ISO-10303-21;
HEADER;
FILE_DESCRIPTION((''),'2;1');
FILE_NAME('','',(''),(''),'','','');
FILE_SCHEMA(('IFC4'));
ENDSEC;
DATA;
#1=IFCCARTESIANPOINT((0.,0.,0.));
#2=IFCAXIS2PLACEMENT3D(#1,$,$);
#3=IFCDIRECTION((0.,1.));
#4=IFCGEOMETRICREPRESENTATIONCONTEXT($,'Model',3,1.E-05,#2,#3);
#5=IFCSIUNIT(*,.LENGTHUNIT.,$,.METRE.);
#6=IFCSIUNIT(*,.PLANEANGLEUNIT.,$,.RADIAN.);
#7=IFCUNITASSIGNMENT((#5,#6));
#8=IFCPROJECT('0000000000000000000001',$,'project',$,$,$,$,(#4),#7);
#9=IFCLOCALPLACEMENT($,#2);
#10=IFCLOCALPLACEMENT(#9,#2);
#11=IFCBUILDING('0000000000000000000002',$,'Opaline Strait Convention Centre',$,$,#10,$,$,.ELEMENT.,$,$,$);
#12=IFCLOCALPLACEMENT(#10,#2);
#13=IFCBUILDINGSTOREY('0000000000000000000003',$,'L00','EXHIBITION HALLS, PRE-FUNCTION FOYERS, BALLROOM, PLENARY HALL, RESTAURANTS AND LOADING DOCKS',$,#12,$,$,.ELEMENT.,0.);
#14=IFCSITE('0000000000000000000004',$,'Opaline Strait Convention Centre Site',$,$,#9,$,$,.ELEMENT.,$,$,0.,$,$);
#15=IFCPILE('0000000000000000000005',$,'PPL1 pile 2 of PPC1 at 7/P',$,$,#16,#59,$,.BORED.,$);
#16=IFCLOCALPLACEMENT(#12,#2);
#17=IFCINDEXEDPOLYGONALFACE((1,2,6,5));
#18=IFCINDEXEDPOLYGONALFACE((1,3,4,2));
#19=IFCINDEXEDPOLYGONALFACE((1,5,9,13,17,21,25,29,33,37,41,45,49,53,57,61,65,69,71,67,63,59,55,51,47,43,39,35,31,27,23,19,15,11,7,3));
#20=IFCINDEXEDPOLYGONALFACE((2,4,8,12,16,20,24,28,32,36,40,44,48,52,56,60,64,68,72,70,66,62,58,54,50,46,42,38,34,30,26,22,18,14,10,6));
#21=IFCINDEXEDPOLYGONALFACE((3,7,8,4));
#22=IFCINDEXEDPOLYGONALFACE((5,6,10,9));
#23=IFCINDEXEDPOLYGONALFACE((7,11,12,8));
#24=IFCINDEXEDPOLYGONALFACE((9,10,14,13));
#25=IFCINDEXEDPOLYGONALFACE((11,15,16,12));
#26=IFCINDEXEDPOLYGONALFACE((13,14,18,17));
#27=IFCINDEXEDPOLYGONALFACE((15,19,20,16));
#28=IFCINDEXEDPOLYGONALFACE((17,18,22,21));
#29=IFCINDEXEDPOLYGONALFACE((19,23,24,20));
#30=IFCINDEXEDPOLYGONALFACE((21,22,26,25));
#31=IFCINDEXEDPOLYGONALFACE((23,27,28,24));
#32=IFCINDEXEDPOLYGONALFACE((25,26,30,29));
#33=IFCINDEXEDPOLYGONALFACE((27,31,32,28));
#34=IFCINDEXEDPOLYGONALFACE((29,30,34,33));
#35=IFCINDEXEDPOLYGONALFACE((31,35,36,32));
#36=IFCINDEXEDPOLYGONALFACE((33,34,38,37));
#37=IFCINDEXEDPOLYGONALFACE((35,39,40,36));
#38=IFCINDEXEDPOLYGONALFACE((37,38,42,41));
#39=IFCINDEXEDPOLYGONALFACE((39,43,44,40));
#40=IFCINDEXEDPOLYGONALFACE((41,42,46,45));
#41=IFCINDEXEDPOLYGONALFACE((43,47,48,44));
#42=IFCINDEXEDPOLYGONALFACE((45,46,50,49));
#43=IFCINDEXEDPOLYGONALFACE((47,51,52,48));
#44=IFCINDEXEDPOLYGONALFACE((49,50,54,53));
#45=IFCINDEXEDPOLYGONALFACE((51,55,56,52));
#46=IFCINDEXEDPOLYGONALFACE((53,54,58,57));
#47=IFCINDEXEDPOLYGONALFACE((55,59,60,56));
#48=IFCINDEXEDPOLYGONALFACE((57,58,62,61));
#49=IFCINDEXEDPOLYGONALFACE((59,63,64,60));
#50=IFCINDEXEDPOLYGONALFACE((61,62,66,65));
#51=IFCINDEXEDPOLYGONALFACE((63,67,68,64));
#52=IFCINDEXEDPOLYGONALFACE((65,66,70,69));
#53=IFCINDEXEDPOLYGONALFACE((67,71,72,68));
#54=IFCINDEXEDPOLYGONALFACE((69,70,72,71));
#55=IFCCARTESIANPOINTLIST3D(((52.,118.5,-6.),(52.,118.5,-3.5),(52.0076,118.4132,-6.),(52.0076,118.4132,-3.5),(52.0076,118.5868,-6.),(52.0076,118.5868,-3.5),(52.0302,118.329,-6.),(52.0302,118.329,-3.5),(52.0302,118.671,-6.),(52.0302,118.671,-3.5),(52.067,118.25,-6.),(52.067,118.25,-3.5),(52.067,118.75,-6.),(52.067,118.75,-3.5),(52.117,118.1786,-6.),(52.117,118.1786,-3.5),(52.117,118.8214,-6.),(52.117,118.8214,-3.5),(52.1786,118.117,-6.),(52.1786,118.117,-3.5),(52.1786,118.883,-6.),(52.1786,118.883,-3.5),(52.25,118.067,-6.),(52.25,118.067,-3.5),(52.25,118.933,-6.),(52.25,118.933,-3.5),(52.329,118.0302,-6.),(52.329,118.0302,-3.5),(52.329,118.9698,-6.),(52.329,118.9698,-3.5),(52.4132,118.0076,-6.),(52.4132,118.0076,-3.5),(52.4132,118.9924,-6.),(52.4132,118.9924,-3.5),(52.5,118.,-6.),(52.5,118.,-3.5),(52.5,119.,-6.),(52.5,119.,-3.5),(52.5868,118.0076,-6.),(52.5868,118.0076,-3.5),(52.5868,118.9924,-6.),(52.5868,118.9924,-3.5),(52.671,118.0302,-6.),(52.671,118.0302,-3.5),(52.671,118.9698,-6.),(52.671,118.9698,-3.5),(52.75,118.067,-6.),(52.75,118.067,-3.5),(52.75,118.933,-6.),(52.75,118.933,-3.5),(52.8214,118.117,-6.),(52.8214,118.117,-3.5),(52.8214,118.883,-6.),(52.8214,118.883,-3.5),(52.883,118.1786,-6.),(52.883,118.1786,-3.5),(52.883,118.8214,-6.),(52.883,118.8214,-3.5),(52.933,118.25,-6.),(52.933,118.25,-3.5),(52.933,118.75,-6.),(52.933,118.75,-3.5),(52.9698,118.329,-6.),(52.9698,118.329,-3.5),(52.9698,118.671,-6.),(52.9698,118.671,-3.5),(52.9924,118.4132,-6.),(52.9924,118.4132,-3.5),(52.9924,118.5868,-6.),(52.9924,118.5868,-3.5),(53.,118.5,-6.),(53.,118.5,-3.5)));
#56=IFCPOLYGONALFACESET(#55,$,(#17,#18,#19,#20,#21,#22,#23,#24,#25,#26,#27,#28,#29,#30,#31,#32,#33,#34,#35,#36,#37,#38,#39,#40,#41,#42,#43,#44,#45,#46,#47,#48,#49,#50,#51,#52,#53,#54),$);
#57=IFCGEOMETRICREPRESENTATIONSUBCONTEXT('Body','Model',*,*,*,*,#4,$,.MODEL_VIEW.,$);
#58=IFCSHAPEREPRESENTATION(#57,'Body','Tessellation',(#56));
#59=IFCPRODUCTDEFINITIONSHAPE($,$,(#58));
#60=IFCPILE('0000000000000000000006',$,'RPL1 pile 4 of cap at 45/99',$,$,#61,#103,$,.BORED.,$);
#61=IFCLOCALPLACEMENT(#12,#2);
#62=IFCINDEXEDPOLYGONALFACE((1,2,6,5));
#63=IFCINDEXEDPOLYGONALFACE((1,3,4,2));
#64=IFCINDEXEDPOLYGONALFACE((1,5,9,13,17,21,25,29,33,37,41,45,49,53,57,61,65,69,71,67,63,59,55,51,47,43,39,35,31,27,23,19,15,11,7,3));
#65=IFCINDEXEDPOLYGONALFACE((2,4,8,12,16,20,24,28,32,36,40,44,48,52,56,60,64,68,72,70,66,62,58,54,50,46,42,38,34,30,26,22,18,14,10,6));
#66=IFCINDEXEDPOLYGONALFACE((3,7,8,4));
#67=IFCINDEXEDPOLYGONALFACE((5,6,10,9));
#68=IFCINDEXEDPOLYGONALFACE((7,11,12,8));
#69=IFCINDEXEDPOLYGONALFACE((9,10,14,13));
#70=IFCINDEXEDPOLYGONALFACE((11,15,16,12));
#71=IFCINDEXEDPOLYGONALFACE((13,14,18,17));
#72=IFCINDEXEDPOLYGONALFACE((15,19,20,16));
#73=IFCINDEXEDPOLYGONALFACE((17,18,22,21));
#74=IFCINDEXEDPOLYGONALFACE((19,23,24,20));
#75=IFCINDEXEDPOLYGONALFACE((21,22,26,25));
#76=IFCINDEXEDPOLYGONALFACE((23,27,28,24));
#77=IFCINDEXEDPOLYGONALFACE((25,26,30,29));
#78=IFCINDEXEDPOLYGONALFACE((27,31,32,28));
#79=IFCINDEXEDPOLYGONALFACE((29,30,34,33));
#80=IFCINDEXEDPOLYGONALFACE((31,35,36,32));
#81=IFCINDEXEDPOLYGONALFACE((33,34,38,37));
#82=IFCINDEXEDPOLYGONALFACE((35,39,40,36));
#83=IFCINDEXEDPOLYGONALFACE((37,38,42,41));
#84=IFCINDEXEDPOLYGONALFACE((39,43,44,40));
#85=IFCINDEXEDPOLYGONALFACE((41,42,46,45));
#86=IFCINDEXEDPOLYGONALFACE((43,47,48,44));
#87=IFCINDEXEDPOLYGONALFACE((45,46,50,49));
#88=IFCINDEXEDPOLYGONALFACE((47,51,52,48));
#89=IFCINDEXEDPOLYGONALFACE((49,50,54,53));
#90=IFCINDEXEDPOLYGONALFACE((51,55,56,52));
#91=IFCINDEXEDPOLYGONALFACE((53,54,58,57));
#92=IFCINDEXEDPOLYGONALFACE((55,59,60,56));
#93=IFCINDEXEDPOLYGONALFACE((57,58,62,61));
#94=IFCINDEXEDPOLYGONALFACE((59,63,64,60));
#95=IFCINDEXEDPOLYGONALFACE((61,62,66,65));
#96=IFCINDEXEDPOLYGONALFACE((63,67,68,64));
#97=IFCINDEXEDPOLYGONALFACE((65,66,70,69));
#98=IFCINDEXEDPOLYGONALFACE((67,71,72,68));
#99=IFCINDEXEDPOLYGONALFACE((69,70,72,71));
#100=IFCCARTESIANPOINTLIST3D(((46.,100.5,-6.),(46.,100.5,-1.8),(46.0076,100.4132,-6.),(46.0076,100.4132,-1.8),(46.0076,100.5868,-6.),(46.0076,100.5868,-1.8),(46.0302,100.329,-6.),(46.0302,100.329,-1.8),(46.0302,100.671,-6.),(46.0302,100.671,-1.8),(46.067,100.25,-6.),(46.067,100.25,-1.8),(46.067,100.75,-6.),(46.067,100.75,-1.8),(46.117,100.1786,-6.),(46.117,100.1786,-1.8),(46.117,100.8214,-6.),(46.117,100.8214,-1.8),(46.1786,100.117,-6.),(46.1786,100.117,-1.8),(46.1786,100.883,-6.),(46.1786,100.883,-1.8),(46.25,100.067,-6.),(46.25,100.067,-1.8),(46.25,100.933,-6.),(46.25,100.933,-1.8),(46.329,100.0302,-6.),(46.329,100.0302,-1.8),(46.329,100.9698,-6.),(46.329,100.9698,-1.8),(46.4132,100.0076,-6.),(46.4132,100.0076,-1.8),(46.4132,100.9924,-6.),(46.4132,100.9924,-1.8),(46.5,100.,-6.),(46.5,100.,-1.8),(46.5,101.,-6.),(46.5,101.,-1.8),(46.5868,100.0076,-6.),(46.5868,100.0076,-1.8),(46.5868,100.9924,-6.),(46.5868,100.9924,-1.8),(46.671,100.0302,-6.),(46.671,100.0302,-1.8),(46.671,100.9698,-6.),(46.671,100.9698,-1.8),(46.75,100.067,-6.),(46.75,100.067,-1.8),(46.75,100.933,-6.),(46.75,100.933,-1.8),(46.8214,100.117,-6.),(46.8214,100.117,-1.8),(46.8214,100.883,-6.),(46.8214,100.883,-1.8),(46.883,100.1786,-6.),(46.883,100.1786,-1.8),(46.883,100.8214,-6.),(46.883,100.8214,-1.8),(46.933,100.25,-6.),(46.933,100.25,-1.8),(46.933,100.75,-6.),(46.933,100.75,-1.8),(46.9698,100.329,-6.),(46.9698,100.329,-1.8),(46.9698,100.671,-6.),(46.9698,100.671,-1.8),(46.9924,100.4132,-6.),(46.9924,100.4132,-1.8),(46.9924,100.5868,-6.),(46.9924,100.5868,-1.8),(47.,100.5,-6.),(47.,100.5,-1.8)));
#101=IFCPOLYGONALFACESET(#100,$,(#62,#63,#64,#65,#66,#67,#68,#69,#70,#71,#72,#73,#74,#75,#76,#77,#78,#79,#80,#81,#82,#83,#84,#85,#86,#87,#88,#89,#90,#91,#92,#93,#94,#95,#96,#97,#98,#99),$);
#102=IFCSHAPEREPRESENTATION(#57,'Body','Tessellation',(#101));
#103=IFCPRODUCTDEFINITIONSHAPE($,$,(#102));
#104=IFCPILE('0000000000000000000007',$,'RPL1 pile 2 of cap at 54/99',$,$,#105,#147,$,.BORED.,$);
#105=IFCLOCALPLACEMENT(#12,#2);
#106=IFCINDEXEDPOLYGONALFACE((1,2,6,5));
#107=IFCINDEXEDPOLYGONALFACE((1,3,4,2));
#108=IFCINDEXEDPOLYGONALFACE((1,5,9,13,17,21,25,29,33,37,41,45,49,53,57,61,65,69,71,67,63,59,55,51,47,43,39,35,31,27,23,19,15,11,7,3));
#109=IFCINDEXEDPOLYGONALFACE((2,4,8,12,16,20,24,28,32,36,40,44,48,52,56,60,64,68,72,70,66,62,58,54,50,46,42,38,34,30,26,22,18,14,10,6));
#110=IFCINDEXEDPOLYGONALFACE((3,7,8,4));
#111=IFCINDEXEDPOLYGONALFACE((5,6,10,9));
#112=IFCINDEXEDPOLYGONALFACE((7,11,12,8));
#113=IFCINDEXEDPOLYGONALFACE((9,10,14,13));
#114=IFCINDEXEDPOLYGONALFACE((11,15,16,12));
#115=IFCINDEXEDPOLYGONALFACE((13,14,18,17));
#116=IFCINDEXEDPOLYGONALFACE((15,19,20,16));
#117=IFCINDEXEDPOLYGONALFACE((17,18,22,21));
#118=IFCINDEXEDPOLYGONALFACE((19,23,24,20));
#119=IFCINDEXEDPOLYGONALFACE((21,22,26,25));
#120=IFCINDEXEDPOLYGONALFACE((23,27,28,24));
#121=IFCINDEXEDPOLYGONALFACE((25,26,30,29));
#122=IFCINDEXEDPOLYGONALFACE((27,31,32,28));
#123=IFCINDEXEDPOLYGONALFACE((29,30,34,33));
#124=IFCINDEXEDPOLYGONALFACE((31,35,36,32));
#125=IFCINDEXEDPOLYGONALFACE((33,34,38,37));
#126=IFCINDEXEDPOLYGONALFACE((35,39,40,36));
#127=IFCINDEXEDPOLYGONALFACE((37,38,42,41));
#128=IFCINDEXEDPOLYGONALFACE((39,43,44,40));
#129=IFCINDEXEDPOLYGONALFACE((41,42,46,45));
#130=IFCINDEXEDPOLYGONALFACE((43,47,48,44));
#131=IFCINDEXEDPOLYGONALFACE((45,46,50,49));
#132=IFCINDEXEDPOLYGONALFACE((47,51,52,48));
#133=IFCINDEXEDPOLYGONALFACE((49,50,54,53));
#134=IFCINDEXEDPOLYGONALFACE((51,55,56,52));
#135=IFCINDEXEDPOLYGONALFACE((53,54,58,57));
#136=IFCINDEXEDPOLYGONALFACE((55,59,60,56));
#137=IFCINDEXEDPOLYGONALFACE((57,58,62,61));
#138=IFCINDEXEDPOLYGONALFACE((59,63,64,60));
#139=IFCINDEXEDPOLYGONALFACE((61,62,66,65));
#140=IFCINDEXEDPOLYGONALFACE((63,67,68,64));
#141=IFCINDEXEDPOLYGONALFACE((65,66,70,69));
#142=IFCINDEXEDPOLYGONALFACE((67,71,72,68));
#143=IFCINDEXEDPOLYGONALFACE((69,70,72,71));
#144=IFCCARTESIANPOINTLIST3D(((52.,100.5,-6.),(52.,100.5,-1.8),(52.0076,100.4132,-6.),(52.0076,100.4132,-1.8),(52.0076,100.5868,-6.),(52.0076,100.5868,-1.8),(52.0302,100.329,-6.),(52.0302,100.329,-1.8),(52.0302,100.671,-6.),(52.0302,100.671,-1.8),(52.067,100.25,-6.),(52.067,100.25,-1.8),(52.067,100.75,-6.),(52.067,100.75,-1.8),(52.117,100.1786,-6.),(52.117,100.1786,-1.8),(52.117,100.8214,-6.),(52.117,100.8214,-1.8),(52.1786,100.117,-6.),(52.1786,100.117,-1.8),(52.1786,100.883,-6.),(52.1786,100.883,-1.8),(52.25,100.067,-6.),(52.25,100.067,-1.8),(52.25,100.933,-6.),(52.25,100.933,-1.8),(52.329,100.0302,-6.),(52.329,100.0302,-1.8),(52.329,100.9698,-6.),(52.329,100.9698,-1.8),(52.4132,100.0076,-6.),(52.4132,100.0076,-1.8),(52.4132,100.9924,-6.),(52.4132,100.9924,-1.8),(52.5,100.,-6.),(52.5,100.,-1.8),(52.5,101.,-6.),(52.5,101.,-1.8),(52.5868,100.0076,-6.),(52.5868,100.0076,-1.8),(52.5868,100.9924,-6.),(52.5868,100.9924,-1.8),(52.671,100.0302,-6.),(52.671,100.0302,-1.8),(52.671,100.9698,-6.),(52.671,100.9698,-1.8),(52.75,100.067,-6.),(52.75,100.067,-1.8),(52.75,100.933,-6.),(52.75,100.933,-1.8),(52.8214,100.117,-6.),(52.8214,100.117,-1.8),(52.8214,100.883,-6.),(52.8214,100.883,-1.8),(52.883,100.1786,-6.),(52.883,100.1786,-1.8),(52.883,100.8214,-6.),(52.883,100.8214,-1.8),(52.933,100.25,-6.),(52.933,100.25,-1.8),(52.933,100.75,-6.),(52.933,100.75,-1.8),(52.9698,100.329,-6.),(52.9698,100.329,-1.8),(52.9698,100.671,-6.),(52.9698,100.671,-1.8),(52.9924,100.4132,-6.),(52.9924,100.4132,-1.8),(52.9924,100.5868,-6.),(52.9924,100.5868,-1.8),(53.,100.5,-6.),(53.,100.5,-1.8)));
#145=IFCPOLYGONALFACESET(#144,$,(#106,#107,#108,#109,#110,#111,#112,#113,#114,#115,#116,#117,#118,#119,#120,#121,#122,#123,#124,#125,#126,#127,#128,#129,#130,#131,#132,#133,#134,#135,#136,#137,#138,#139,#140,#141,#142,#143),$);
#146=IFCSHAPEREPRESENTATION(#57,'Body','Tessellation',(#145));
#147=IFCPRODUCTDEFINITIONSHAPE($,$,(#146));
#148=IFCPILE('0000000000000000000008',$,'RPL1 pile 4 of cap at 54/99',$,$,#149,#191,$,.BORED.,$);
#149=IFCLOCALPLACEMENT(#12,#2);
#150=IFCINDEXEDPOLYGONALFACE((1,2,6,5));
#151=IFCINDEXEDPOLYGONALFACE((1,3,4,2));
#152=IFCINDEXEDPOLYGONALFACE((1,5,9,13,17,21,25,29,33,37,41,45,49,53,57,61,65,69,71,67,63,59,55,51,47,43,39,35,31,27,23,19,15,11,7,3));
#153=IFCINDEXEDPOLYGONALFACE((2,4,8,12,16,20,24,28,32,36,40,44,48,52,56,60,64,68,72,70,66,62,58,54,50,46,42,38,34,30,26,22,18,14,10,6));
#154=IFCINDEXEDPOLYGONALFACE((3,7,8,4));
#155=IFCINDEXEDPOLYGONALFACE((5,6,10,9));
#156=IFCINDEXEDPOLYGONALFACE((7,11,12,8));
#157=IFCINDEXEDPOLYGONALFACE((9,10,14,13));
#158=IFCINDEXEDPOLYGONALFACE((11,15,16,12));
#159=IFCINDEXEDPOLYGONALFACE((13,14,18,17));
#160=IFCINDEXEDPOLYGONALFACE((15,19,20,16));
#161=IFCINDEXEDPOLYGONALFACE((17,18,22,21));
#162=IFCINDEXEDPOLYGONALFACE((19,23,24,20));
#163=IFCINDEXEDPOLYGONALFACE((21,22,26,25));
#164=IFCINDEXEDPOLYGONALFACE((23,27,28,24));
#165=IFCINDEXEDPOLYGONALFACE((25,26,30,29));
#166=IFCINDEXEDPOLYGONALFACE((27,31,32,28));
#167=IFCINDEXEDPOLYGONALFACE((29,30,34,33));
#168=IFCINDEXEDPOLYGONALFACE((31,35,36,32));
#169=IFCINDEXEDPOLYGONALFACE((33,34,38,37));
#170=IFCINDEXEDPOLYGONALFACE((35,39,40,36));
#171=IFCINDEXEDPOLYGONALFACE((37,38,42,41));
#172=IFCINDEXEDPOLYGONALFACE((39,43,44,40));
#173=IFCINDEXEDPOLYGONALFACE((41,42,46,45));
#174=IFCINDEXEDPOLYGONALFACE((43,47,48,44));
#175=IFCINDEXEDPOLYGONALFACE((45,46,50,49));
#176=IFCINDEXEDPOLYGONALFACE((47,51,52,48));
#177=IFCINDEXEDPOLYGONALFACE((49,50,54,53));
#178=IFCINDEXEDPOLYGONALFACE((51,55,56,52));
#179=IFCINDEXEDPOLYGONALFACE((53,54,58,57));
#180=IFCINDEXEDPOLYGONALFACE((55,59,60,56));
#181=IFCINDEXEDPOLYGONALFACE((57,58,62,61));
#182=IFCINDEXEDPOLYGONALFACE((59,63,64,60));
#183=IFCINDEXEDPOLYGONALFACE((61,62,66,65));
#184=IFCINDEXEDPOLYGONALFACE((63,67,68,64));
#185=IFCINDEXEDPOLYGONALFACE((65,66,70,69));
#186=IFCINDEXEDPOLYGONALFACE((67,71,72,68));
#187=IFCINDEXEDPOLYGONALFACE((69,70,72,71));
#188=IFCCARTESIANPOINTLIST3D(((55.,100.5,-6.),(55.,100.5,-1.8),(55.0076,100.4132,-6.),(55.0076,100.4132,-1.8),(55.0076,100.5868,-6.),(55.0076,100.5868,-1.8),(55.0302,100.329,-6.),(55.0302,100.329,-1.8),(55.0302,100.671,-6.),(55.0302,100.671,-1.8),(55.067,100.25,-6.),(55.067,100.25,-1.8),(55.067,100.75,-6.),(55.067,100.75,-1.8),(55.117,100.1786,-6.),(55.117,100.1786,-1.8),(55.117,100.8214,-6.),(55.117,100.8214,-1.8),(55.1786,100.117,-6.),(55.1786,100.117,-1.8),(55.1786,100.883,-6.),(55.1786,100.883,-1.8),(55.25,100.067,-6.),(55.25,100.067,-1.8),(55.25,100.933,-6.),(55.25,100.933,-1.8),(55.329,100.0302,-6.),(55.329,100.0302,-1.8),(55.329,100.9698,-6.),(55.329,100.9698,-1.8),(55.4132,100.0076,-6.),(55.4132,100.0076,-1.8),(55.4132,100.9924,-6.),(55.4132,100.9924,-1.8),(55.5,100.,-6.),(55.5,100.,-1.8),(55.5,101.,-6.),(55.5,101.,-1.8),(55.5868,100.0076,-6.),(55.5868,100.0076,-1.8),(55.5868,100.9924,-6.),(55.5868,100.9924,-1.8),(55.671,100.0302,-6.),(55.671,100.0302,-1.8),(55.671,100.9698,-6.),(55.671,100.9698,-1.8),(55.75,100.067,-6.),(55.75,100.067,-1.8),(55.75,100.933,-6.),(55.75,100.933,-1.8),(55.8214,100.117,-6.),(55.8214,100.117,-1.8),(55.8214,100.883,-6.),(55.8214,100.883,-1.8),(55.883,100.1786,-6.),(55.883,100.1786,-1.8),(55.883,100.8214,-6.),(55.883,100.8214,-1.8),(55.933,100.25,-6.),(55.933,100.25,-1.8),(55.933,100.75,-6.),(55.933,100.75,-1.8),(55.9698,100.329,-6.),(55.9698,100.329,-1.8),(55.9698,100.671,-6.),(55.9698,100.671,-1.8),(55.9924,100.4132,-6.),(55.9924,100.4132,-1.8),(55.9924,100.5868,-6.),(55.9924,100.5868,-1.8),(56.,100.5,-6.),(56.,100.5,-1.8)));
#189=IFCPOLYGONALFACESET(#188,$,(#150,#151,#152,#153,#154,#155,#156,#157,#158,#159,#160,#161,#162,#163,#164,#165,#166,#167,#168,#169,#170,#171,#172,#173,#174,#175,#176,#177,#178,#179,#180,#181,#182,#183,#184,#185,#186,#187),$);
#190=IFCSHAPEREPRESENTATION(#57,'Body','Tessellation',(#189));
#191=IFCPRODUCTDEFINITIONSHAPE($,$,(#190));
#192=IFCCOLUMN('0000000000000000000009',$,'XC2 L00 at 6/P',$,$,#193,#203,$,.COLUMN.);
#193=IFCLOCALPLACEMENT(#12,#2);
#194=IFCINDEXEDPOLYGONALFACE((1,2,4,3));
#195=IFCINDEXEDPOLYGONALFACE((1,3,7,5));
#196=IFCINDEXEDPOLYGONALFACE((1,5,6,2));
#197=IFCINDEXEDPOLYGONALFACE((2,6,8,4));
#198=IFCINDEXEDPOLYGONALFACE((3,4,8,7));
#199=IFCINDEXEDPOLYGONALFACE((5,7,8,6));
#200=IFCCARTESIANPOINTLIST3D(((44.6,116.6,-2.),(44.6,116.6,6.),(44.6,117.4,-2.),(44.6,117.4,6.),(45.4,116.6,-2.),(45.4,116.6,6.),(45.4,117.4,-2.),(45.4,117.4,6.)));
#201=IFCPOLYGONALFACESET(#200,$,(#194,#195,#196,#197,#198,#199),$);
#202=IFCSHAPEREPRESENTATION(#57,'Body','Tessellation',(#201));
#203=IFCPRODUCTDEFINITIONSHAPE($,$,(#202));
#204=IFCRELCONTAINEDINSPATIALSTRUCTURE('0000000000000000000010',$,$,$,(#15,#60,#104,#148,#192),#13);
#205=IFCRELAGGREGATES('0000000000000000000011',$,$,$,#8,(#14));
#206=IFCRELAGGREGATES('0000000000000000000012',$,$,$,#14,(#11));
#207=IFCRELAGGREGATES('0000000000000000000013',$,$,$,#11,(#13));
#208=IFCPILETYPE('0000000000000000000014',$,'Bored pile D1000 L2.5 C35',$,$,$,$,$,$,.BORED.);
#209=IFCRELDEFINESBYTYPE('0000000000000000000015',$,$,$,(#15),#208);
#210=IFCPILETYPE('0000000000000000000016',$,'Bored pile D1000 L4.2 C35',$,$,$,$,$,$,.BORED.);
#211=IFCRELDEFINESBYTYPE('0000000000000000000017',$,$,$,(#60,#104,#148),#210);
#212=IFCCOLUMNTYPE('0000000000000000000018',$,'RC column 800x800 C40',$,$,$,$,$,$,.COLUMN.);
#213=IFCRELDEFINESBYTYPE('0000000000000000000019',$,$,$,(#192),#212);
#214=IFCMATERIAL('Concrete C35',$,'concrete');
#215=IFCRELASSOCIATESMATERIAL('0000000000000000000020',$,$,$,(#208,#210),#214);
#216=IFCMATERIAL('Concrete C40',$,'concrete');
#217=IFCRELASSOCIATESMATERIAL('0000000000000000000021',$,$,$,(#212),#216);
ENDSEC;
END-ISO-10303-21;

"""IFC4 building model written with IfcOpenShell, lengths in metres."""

from ifc_helpers import new_model, si_unit, direction, frame, origin, origin_2d, place, context, subcontext, project, spatial, rectangle, circle, extrude, material, material_profile, profile_set, type_object, element, save


model = new_model("IFC4")

# Units and contexts
model_context = context("Model", 3, precision=1e-05, world=origin(), true_north=direction((0.0, 1.0)))
body_context = subcontext(model_context, "Body", "Model", "MODEL_VIEW")
ifc_project = project(units=[si_unit("LENGTHUNIT", "METRE"), si_unit("PLANEANGLEUNIT", "RADIAN")], contexts=[model_context])

# Site, building, storey
site_placement = place(None, origin())
site = spatial("IfcSite", under=ifc_project, at=site_placement, Name="Opaline Strait Convention Centre Site", CompositionType="ELEMENT", RefElevation=0.0)
building_placement = place(site_placement, origin())
building = spatial("IfcBuilding", under=site, at=building_placement, Name="Opaline Strait Convention Centre", CompositionType="ELEMENT")
storey_placement = place(building_placement, origin())
storey = spatial("IfcBuildingStorey", under=building, at=storey_placement, Name="L00", Description="EXHIBITION HALLS, PRE-FUNCTION FOYERS, BALLROOM, PLENARY HALL, RESTAURANTS AND LOADING DOCKS", CompositionType="ELEMENT", Elevation=0.0)

# Piles
ifc_material_1 = material(Name="Concrete C35", Category="concrete")
ifc_material_profile_1 = material_profile(ifc_material_1, circle(Radius=0.5, at=origin_2d()), Name="D1000")
ifc_profile_set_1 = profile_set([ifc_material_profile_1], Name="Concrete C35")
pile_type_1 = type_object("IfcPileType", Name="Bored pile D1000 L2.5 C35", PredefinedType="BORED", material=ifc_profile_set_1)
for number, where, z_axis, x_axis, name in (
    (1, (52.5, 118.5, -3.5), (0.0, 0.0, -1.0), (1.0, 0.0, 0.0), "PPL1 pile 2 of PPC1 at 7/P"),
):
    element("IfcPile", number, at=place(storey_placement, frame(where, z_axis=z_axis, x_axis=x_axis)), inside=storey, type_object=pile_type_1, Name=name, PredefinedType="BORED", context=body_context, shape_type="SweptSolid", body=[
        extrude(circle(Radius=0.5, at=origin_2d()), origin(), (0.0, 0.0, 1.0), 2.5),
    ])
ifc_material_profile_2 = material_profile(ifc_material_1, circle(Radius=0.5, at=origin_2d()), Name="D1000")
ifc_profile_set_2 = profile_set([ifc_material_profile_2], Name="Concrete C35")
pile_type_2 = type_object("IfcPileType", Name="Bored pile D1000 L4.2 C35", PredefinedType="BORED", material=ifc_profile_set_2)
for number, where, z_axis, x_axis, name in (
    (2, (46.5, 100.5, -1.8), (0.0, 0.0, -1.0), (1.0, 0.0, 0.0), "RPL1 pile 4 of cap at 45/99"),
    (3, (52.5, 100.5, -1.8), (0.0, 0.0, -1.0), (1.0, 0.0, 0.0), "RPL1 pile 2 of cap at 54/99"),
    (4, (55.5, 100.5, -1.8), (0.0, 0.0, -1.0), (1.0, 0.0, 0.0), "RPL1 pile 4 of cap at 54/99"),
):
    element("IfcPile", number, at=place(storey_placement, frame(where, z_axis=z_axis, x_axis=x_axis)), inside=storey, type_object=pile_type_2, Name=name, PredefinedType="BORED", context=body_context, shape_type="SweptSolid", body=[
        extrude(circle(Radius=0.5, at=origin_2d()), origin(), (0.0, 0.0, 1.0), 4.2),
    ])

# Column
ifc_material_2 = material(Name="Concrete C40", Category="concrete")
ifc_material_profile_3 = material_profile(ifc_material_2, rectangle(XDim=0.8, YDim=0.8, at=origin_2d()), Name="RC 800x800")
ifc_profile_set_3 = profile_set([ifc_material_profile_3], Name="Concrete C40")
column_type = type_object("IfcColumnType", Name="RC column 800x800 C40", PredefinedType="COLUMN", material=ifc_profile_set_3)
for number, where, z_axis, x_axis, name in (
    (5, (45.0, 117.0, -2.0), (0.0, 0.0, 1.0), (1.0, 0.0, 0.0), "XC2 L00 at 6/P"),
):
    element("IfcColumn", number, at=place(storey_placement, frame(where, z_axis=z_axis, x_axis=x_axis)), inside=storey, type_object=column_type, Name=name, PredefinedType="COLUMN", context=body_context, shape_type="SweptSolid", body=[
        extrude(rectangle(XDim=0.8, YDim=0.8, at=origin_2d()), origin(), (0.0, 0.0, 1.0), 8.0),
    ])

save(model, "model.ifc")
